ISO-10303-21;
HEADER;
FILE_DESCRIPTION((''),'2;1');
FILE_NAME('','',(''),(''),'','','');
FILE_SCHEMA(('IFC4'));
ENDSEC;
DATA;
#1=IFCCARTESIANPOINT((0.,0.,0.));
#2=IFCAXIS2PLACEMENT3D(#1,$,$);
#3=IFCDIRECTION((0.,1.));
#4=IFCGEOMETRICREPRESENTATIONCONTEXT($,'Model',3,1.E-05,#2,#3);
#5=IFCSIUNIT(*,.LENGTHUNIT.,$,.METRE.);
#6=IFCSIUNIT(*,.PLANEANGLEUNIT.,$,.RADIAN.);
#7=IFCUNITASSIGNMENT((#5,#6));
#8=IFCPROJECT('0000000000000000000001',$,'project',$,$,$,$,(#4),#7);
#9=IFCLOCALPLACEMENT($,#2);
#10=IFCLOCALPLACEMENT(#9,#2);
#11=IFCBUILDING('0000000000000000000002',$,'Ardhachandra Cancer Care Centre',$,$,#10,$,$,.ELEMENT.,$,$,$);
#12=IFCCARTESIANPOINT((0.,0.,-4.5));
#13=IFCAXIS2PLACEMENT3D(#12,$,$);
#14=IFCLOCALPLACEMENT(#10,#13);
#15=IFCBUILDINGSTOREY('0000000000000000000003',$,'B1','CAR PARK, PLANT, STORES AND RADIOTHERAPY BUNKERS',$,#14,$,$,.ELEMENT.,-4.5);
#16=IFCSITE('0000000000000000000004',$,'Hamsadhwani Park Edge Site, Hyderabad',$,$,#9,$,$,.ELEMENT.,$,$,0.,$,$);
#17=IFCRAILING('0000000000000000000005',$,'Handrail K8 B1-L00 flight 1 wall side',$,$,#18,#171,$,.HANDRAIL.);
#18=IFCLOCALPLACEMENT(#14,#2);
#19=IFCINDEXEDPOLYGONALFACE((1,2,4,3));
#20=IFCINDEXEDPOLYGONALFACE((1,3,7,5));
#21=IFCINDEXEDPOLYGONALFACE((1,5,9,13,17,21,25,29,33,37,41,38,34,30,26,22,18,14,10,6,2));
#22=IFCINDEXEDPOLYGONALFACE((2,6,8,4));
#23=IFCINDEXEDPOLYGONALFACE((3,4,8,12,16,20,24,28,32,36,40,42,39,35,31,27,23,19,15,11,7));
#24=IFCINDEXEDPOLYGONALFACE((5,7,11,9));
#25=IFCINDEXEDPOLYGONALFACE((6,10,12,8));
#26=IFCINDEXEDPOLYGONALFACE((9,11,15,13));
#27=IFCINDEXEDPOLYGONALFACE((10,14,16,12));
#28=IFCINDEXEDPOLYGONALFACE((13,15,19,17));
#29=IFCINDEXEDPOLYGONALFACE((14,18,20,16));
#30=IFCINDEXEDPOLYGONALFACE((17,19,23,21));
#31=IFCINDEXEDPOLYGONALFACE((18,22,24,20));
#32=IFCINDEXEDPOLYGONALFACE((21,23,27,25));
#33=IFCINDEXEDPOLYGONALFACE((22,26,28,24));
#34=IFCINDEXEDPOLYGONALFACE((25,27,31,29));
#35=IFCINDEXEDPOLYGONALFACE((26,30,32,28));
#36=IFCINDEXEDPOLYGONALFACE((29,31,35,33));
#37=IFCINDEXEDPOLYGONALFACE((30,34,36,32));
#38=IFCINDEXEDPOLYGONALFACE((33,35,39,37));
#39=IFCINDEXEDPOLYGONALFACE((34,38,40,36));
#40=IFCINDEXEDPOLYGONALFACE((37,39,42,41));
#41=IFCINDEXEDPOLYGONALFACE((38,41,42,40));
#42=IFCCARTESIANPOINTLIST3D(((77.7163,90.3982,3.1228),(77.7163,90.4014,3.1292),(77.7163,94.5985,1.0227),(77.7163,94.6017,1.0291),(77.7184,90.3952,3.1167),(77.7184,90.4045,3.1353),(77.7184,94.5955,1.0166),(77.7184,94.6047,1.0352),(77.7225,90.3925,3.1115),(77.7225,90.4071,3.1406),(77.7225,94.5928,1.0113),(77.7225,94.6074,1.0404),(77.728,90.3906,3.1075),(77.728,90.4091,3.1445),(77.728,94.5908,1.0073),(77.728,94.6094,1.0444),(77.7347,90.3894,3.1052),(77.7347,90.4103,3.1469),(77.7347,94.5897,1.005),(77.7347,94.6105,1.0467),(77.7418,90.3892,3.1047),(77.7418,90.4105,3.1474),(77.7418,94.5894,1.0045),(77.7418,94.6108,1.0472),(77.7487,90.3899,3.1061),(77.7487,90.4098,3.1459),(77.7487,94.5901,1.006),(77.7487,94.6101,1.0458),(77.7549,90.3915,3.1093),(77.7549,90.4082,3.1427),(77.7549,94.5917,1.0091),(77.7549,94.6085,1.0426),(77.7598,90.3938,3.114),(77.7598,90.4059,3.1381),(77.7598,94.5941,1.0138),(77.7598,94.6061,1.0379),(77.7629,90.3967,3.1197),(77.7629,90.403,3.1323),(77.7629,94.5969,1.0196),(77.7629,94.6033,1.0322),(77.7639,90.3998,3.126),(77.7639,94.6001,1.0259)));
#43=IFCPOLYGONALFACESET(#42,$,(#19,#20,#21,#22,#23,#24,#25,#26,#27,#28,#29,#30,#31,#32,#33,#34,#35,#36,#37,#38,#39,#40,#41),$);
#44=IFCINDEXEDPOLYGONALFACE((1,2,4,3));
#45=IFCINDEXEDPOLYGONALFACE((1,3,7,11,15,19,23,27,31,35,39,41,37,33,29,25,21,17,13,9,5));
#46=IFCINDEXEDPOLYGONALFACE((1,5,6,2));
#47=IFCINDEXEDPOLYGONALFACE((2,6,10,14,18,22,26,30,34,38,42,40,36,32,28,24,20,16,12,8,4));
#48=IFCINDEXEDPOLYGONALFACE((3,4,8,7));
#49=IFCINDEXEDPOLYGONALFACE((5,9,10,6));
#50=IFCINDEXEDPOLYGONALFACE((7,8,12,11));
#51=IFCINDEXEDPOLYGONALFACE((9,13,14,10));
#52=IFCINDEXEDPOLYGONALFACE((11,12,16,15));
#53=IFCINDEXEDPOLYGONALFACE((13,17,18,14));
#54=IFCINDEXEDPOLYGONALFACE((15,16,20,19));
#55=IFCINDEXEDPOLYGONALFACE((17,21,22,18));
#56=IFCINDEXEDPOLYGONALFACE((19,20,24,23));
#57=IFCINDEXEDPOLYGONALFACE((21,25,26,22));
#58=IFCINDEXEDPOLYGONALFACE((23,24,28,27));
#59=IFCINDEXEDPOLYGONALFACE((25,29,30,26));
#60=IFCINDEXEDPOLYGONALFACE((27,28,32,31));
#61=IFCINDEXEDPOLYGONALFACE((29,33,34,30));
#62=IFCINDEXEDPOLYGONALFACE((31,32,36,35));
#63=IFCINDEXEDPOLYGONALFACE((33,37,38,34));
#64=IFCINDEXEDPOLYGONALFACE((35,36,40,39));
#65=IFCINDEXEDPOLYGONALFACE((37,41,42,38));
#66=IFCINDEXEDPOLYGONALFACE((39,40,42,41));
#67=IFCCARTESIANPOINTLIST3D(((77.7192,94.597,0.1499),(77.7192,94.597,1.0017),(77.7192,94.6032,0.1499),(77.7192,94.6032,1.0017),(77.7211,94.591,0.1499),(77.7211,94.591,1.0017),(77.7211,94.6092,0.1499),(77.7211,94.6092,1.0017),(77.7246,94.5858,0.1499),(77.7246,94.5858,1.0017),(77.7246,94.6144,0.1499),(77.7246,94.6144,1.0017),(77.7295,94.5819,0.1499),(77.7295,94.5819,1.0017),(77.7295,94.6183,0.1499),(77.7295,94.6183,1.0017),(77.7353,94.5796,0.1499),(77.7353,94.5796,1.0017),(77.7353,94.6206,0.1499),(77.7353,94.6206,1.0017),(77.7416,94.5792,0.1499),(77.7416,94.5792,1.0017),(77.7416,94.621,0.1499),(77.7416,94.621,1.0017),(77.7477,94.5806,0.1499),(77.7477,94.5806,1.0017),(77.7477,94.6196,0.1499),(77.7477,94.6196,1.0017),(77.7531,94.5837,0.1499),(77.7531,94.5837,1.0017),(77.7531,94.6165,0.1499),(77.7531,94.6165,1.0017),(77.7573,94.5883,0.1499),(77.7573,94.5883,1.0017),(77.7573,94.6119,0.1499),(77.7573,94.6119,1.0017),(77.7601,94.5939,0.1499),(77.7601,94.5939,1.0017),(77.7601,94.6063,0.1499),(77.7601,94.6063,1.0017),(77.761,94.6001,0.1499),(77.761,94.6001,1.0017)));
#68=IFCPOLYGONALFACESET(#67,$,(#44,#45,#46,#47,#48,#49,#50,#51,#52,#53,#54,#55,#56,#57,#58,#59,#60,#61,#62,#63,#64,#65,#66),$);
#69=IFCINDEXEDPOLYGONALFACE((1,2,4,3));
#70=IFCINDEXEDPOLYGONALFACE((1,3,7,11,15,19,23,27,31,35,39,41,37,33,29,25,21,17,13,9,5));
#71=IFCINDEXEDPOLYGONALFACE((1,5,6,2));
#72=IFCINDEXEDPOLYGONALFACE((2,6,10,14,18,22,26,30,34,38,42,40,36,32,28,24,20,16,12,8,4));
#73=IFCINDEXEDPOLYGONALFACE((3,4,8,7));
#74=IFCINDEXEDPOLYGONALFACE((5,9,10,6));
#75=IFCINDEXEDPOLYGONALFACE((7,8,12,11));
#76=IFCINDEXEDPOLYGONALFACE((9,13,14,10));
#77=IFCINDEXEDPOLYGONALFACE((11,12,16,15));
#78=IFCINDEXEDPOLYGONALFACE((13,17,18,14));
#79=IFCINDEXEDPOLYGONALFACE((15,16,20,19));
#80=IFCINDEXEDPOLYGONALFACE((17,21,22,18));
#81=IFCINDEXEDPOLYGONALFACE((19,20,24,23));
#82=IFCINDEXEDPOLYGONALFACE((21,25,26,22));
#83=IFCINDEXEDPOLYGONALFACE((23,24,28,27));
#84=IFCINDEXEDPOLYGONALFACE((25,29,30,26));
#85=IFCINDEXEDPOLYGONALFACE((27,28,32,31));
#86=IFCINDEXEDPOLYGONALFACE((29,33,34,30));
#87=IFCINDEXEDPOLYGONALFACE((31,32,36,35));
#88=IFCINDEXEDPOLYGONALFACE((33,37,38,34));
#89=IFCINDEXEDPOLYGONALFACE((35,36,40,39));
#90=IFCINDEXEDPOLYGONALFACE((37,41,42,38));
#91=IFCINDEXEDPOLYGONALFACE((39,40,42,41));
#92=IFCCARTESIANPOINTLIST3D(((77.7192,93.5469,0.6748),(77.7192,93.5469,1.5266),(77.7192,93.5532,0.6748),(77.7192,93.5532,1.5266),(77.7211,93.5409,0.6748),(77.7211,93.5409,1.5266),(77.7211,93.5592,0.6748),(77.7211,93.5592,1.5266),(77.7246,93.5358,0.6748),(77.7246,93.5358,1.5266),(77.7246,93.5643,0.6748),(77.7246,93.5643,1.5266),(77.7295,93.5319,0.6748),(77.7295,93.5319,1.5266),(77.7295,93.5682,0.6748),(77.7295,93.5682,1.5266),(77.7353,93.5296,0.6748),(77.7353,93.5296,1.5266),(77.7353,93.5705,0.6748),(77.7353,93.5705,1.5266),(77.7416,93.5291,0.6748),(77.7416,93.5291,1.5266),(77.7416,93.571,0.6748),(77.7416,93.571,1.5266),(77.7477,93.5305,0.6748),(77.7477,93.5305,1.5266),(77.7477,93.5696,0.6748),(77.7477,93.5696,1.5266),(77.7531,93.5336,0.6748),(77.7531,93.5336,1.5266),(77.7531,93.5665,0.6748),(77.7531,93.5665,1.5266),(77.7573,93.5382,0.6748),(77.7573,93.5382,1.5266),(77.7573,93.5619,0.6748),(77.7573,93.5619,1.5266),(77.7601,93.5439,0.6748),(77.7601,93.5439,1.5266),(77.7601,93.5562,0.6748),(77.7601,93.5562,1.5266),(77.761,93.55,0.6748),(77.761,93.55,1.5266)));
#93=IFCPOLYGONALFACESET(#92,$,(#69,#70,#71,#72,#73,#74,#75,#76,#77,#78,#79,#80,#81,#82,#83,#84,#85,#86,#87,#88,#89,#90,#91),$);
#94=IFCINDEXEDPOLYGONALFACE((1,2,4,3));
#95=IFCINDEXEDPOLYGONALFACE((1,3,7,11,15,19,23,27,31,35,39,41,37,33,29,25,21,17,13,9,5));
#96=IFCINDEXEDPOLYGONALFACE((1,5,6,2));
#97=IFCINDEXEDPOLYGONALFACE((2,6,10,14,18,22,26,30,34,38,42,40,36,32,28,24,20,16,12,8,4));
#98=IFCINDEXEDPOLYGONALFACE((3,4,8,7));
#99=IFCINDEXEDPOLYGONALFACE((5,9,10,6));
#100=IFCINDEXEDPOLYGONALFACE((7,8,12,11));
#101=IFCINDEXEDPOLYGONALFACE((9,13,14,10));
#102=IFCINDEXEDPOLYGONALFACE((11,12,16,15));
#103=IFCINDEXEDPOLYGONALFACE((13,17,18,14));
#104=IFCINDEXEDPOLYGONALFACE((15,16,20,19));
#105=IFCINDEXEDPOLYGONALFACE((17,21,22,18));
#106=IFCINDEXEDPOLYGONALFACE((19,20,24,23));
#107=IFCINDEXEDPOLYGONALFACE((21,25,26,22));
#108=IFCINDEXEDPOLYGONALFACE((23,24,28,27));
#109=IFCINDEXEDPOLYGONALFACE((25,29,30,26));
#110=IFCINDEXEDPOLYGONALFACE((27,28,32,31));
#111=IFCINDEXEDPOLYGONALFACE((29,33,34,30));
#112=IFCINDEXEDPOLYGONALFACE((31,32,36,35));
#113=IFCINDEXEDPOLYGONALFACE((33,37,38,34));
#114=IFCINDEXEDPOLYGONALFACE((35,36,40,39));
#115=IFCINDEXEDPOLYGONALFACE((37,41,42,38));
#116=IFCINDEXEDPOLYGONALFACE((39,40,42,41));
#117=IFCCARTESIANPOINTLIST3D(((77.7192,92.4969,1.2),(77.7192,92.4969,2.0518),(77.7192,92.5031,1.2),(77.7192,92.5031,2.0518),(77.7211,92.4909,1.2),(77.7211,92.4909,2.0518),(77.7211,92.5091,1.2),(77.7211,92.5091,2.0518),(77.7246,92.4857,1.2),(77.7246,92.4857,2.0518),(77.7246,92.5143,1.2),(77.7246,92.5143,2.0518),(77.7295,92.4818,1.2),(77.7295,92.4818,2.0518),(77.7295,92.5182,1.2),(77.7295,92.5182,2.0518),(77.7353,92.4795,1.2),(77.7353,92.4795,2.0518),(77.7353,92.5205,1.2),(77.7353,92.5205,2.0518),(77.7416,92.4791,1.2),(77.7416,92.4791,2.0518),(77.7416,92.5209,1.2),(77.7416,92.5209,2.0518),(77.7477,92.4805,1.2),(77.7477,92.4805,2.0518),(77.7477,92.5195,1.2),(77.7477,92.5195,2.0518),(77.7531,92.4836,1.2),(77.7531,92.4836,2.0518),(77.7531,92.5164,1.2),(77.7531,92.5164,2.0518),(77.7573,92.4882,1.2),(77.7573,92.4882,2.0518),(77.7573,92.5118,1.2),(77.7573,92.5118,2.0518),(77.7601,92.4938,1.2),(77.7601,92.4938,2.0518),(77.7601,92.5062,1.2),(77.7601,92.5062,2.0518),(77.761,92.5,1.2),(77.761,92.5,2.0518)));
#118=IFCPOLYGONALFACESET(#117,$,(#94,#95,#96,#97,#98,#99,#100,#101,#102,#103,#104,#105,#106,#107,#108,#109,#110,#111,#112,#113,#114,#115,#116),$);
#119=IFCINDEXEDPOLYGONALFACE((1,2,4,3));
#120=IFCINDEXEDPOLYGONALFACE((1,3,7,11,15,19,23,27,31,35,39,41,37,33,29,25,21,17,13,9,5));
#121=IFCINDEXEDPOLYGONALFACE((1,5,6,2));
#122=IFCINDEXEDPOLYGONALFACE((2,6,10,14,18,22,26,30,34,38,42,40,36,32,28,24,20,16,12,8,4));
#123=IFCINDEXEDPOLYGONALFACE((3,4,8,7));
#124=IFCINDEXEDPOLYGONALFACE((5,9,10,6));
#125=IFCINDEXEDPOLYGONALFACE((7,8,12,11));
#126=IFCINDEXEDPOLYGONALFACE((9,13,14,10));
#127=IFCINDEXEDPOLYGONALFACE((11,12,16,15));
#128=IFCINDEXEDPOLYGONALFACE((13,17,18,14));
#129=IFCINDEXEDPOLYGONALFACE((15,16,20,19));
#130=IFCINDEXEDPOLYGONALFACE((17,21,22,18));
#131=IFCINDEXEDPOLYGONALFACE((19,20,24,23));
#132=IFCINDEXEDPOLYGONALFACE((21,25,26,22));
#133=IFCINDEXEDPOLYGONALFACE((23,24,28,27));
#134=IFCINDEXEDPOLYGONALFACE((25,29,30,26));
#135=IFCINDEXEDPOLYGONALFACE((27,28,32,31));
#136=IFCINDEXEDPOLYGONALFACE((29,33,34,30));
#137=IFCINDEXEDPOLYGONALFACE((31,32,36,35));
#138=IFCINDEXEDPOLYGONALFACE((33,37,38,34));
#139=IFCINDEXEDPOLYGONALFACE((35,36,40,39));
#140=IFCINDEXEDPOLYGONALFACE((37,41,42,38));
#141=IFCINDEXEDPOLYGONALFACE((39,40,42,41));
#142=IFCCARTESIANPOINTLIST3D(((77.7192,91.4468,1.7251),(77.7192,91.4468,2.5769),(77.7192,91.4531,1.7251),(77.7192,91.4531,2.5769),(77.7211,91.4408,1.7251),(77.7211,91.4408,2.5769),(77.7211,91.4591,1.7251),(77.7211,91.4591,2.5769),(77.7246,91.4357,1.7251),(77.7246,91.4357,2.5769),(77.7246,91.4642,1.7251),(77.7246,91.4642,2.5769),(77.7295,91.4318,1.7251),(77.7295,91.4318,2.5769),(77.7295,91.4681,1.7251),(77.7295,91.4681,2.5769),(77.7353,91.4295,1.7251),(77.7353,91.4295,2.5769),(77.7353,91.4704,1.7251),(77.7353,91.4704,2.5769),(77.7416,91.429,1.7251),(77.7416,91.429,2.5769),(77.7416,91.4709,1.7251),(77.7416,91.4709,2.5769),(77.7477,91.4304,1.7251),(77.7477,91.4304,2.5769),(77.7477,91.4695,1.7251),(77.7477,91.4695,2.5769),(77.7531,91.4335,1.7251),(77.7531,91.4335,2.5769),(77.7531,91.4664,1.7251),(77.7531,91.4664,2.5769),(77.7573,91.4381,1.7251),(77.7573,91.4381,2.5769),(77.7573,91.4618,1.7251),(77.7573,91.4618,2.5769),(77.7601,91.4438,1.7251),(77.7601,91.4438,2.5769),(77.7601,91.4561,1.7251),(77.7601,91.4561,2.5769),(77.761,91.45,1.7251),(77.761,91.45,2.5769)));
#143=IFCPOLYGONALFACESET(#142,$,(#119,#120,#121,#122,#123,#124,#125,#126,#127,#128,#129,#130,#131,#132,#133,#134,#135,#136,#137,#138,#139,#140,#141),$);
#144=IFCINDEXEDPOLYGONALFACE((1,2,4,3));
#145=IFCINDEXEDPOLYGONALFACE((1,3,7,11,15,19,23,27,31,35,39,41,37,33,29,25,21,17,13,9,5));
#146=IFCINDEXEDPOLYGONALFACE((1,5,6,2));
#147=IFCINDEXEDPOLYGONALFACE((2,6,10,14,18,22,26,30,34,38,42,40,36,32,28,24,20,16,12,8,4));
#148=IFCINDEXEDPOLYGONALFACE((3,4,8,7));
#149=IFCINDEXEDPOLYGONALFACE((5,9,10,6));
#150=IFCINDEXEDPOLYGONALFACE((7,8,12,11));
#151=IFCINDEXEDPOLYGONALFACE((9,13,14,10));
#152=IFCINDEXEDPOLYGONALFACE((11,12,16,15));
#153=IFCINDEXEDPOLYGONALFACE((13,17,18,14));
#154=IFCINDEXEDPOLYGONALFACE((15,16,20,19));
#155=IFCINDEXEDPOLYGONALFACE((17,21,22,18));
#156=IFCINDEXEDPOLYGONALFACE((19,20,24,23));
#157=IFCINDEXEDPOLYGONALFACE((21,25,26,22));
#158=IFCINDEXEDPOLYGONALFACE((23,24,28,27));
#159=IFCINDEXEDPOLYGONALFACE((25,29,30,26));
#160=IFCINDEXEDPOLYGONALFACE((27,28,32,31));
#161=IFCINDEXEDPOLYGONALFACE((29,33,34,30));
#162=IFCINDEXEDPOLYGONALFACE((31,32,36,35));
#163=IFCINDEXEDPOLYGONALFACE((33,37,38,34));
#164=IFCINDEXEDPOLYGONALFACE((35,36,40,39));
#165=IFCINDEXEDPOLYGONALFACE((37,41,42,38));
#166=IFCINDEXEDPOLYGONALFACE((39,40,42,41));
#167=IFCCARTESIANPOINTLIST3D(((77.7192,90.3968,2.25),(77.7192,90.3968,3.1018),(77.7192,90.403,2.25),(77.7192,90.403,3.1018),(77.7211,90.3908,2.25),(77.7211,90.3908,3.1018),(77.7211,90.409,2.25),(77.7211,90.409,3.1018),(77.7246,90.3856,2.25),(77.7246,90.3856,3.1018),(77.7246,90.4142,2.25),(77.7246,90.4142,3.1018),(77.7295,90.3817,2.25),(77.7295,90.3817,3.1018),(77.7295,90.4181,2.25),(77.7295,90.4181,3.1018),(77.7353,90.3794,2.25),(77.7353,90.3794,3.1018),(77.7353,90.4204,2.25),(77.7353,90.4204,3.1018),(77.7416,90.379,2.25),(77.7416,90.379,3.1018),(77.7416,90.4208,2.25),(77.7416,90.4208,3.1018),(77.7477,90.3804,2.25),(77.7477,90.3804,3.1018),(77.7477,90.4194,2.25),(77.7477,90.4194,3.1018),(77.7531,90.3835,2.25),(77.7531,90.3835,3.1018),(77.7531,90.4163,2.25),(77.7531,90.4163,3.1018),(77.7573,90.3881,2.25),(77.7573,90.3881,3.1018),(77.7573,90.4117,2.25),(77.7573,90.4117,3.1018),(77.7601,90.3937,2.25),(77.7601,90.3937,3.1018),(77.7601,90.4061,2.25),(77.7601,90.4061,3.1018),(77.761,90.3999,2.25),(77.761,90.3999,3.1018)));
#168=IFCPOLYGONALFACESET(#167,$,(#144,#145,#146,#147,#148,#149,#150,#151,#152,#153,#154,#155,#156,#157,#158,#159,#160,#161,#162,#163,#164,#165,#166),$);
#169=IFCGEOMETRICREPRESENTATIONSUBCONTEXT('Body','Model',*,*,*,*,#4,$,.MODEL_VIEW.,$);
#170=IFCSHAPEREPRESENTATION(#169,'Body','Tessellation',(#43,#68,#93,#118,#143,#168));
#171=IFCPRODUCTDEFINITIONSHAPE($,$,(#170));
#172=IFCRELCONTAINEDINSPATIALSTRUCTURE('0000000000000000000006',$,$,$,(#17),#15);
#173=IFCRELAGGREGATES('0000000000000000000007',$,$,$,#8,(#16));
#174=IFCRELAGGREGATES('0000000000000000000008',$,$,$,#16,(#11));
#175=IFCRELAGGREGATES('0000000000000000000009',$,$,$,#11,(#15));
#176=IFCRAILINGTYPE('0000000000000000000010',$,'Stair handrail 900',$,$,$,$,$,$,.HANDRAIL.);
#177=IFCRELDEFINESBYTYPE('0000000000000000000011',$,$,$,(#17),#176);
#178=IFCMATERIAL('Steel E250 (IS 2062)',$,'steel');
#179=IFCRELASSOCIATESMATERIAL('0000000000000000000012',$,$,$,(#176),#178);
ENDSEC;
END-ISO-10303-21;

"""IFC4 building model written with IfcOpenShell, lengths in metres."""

from ifc_helpers import new_model, si_unit, direction, frame, origin, origin_2d, place, context, subcontext, project, spatial, circle, extrude, material, type_object, element, save


model = new_model("IFC4")

# Units and contexts
model_context = context("Model", 3, precision=1e-05, world=origin(), true_north=direction((0.0, 1.0)))
body_context = subcontext(model_context, "Body", "Model", "MODEL_VIEW")
ifc_project = project(units=[si_unit("LENGTHUNIT", "METRE"), si_unit("PLANEANGLEUNIT", "RADIAN")], contexts=[model_context])

# Site, building, storey
site_placement = place(None, origin())
site = spatial("IfcSite", under=ifc_project, at=site_placement, Name="Hamsadhwani Park Edge Site, Hyderabad", CompositionType="ELEMENT", RefElevation=0.0)
building_placement = place(site_placement, origin())
building = spatial("IfcBuilding", under=site, at=building_placement, Name="Ardhachandra Cancer Care Centre", CompositionType="ELEMENT")
storey_placement = place(building_placement, frame((0.0, 0.0, -4.5)))
storey = spatial("IfcBuildingStorey", under=building, at=storey_placement, Name="B1", Description="CAR PARK, PLANT, STORES AND RADIOTHERAPY BUNKERS", CompositionType="ELEMENT", Elevation=-4.5)

# Railing
ifc_material_1 = material(Name="Steel E250 (IS 2062)", Category="steel")
railing_type = type_object("IfcRailingType", Name="Stair handrail 900", PredefinedType="HANDRAIL", material=ifc_material_1)
railing_placement = place(storey_placement, frame((77.74, 94.6001, 0.1499)))
element("IfcRailing", 1, at=railing_placement, inside=storey, type_object=railing_type, Name="Handrail K8 B1-L00 flight 1 wall side", PredefinedType="HANDRAIL", context=body_context, shape_type="SweptSolid", body=[
    extrude(circle(Radius=0.0239, at=origin_2d()), frame((0.0, 0.0, 0.876), z_axis=(0.0, -0.894427, 0.447214), x_axis=(1.0, 0.0, 0.0)), (0.0, 0.0, 1.0), 4.696),
    extrude(circle(Radius=0.021, at=origin_2d()), origin(), (0.0, 0.0, 1.0), 0.8518),
    extrude(circle(Radius=0.021, at=origin_2d()), frame((0.0, -1.05, 0.5249)), (0.0, 0.0, 1.0), 0.8518),
    extrude(circle(Radius=0.021, at=origin_2d()), frame((0.0, -2.1001, 1.05)), (0.0, 0.0, 1.0), 0.8518),
    extrude(circle(Radius=0.021, at=origin_2d()), frame((0.0, -3.1501, 1.5752)), (0.0, 0.0, 1.0), 0.8518),
    extrude(circle(Radius=0.021, at=origin_2d()), frame((0.0, -4.2002, 2.1001)), (0.0, 0.0, 1.0), 0.8518),
])

save(model, "model.ifc")
